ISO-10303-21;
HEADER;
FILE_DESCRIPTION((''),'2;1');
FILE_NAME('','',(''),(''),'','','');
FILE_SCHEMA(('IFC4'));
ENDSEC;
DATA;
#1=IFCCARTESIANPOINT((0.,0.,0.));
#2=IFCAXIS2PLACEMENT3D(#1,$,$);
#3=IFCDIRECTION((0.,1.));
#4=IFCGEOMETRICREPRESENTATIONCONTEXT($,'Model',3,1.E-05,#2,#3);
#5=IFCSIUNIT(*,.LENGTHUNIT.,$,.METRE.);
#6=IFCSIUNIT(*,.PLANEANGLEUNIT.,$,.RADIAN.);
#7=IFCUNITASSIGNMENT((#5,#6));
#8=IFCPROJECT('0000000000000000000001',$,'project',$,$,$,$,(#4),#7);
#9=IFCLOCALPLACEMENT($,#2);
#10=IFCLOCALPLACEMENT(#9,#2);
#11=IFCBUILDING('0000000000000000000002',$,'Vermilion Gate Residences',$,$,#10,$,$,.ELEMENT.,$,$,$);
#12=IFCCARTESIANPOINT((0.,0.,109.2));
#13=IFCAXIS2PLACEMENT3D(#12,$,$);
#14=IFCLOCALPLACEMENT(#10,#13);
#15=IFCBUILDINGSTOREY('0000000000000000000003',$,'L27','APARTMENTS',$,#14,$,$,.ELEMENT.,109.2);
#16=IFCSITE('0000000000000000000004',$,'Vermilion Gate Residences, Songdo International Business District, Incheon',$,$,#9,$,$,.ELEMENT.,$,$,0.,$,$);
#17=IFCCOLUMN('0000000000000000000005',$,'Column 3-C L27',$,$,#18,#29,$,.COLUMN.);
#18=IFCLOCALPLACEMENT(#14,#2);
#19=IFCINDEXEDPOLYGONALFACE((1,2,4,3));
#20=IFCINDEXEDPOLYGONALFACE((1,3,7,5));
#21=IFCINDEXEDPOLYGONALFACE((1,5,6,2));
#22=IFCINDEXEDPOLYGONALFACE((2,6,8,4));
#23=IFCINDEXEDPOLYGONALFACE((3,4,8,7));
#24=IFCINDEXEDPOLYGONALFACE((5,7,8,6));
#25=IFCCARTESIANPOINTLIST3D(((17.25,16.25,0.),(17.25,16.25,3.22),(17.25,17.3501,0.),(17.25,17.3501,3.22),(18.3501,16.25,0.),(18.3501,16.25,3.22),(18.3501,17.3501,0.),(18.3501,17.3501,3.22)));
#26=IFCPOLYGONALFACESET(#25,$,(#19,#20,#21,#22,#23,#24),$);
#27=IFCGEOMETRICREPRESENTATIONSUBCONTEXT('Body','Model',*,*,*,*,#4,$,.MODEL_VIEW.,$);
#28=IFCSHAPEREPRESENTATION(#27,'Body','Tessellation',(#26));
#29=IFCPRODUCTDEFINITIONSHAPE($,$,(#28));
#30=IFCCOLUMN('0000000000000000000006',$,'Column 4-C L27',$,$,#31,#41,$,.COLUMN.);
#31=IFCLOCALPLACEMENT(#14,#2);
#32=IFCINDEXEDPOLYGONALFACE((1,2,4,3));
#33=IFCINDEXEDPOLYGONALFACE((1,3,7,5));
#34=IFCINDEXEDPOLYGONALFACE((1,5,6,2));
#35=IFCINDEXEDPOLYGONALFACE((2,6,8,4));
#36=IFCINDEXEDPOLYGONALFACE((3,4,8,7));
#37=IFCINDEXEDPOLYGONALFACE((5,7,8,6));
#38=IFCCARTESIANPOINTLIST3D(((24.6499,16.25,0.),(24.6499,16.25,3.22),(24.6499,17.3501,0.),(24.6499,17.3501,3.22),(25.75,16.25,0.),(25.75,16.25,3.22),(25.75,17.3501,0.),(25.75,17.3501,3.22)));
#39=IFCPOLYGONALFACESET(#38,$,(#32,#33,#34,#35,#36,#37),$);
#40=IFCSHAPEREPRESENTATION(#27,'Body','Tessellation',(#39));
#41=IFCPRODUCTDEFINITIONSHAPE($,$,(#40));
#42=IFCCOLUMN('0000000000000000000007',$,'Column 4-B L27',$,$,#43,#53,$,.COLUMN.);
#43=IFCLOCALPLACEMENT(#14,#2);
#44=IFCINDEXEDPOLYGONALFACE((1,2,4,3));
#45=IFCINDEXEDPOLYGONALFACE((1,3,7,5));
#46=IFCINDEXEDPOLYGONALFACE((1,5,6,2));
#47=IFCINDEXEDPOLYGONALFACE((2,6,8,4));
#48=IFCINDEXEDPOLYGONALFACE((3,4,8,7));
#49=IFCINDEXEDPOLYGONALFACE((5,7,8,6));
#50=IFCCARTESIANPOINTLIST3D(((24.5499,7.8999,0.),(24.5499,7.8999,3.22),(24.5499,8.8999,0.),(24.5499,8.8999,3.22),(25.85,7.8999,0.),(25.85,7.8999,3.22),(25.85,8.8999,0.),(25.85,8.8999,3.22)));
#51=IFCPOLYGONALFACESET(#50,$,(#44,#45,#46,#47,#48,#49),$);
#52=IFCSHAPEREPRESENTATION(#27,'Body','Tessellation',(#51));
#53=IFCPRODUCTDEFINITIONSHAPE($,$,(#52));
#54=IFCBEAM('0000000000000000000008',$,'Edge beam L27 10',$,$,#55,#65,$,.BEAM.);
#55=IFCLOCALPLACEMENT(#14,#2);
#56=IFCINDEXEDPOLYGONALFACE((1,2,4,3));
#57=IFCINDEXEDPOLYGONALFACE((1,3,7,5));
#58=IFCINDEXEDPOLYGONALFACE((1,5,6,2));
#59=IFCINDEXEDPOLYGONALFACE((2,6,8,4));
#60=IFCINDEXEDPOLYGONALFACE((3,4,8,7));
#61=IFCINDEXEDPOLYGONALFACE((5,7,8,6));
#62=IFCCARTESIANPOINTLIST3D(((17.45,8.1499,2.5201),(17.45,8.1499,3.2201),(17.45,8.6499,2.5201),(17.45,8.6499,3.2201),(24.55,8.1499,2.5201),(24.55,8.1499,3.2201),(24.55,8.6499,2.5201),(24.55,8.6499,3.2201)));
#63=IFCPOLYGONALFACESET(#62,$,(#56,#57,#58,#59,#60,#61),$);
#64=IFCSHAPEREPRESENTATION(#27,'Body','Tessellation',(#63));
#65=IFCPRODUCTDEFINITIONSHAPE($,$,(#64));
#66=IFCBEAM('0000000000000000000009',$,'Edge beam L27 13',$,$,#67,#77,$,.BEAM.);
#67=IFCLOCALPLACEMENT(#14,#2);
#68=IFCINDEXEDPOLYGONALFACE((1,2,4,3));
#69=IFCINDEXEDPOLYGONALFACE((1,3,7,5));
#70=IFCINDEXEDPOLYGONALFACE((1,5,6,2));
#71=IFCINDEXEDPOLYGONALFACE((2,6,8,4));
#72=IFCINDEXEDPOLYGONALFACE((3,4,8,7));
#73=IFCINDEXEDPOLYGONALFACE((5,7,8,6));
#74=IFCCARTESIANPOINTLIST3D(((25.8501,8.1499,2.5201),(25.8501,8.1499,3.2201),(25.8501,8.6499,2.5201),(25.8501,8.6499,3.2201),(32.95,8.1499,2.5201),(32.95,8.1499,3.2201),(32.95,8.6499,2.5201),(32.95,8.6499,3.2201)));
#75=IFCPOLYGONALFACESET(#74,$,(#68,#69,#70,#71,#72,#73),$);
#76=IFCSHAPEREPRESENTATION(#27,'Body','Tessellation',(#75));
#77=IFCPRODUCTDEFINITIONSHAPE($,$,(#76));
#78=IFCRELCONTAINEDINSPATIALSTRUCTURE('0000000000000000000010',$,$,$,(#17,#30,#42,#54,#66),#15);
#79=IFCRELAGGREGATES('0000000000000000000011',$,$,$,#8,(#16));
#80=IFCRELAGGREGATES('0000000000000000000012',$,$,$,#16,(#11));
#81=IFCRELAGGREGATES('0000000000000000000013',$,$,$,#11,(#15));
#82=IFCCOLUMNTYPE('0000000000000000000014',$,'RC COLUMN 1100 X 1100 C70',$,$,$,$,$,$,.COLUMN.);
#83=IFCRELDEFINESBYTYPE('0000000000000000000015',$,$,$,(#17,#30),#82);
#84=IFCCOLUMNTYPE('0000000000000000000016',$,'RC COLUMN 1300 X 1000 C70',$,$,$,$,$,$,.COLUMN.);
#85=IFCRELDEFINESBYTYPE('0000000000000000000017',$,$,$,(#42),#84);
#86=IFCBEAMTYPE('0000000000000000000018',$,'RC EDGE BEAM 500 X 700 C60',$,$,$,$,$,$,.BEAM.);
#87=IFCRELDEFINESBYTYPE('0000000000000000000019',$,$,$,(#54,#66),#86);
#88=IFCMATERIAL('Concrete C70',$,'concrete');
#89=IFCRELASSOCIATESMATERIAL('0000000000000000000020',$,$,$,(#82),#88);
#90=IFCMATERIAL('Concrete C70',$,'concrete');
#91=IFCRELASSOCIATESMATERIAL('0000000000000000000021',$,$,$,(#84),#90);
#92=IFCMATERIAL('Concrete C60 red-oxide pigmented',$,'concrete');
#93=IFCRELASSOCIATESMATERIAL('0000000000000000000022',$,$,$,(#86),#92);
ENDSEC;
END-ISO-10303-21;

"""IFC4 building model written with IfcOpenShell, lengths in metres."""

from ifc_helpers import new_model, si_unit, direction, frame, origin, origin_2d, place, context, subcontext, project, spatial, rectangle, extrude, material, material_profile, profile_set, type_object, element, save


model = new_model("IFC4")

# Units and contexts
model_context = context("Model", 3, precision=1e-05, world=origin(), true_north=direction((0.0, 1.0)))
body_context = subcontext(model_context, "Body", "Model", "MODEL_VIEW")
ifc_project = project(units=[si_unit("LENGTHUNIT", "METRE"), si_unit("PLANEANGLEUNIT", "RADIAN")], contexts=[model_context])

# Site, building, storey
site_placement = place(None, origin())
site = spatial("IfcSite", under=ifc_project, at=site_placement, Name="Vermilion Gate Residences, Songdo International Business District, Incheon", CompositionType="ELEMENT", RefElevation=0.0)
building_placement = place(site_placement, origin())
building = spatial("IfcBuilding", under=site, at=building_placement, Name="Vermilion Gate Residences", CompositionType="ELEMENT")
storey_placement = place(building_placement, frame((0.0, 0.0, 109.2)))
storey = spatial("IfcBuildingStorey", under=building, at=storey_placement, Name="L27", Description="APARTMENTS", CompositionType="ELEMENT", Elevation=109.2)

# Columns
ifc_material_1 = material(Name="Concrete C70", Category="concrete")
ifc_material_profile_1 = material_profile(ifc_material_1, rectangle(XDim=1.1001, YDim=1.1001, at=origin_2d()), Name="RC-1100x1100")
ifc_profile_set_1 = profile_set([ifc_material_profile_1], Name="Concrete C70")
column_type_1 = type_object("IfcColumnType", Name="RC COLUMN 1100 X 1100 C70", PredefinedType="COLUMN", material=ifc_profile_set_1)
for number, where, z_axis, x_axis, name in (
    (1, (17.8, 16.8, 0.0), (0.0, 0.0, 1.0), (1.0, 0.0, 0.0), "Column 3-C L27"),
    (2, (25.2, 16.8, 0.0), (0.0, 0.0, 1.0), (1.0, 0.0, 0.0), "Column 4-C L27"),
):
    element("IfcColumn", number, at=place(storey_placement, frame(where, z_axis=z_axis, x_axis=x_axis)), inside=storey, type_object=column_type_1, Name=name, PredefinedType="COLUMN", context=body_context, shape_type="SweptSolid", body=[
        extrude(rectangle(XDim=1.1001, YDim=1.1001, at=origin_2d()), origin(), (0.0, 0.0, 1.0), 3.22),
    ])
ifc_material_2 = material(Name="Concrete C70", Category="concrete")
ifc_material_profile_2 = material_profile(ifc_material_2, rectangle(XDim=1.3, YDim=1.0, at=origin_2d()), Name="RC-1300x1000")
ifc_profile_set_2 = profile_set([ifc_material_profile_2], Name="Concrete C70")
column_type_2 = type_object("IfcColumnType", Name="RC COLUMN 1300 X 1000 C70", PredefinedType="COLUMN", material=ifc_profile_set_2)
column_placement = place(storey_placement, frame((25.2, 8.3999, 0.0), z_axis=(0.0, 0.0, 1.0), x_axis=(1.0, 0.0, 0.0)))
element("IfcColumn", 3, at=column_placement, inside=storey, type_object=column_type_2, Name="Column 4-B L27", PredefinedType="COLUMN", context=body_context, shape_type="SweptSolid", body=[
    extrude(rectangle(XDim=1.3, YDim=1.0, at=origin_2d()), origin(), (0.0, 0.0, 1.0), 3.22),
])

# Beams
ifc_material_3 = material(Name="Concrete C60 red-oxide pigmented", Category="concrete")
ifc_material_profile_3 = material_profile(ifc_material_3, rectangle(XDim=0.5, YDim=0.7, at=origin_2d()), Name="RC-500x700")
ifc_profile_set_3 = profile_set([ifc_material_profile_3], Name="Concrete C60 red-oxide pigmented")
beam_type = type_object("IfcBeamType", Name="RC EDGE BEAM 500 X 700 C60", PredefinedType="BEAM", material=ifc_profile_set_3)
beam_1_placement = place(storey_placement, frame((17.45, 8.3999, 2.8701), z_axis=(1.0, 0.0, 0.0), x_axis=(0.0, 1.0, 0.0)))
element("IfcBeam", 4, at=beam_1_placement, inside=storey, type_object=beam_type, Name="Edge beam L27 10", PredefinedType="BEAM", context=body_context, shape_type="SweptSolid", body=[
    extrude(rectangle(XDim=0.5, YDim=0.7, at=origin_2d()), origin(), (0.0, 0.0, 1.0), 7.1001),
])
beam_2_placement = place(storey_placement, frame((25.8501, 8.3999, 2.8701), z_axis=(1.0, 0.0, 0.0), x_axis=(0.0, 1.0, 0.0)))
element("IfcBeam", 5, at=beam_2_placement, inside=storey, type_object=beam_type, Name="Edge beam L27 13", PredefinedType="BEAM", context=body_context, shape_type="SweptSolid", body=[
    extrude(rectangle(XDim=0.5, YDim=0.7, at=origin_2d()), origin(), (0.0, 0.0, 1.0), 7.0999),
])

save(model, "model.ifc")
